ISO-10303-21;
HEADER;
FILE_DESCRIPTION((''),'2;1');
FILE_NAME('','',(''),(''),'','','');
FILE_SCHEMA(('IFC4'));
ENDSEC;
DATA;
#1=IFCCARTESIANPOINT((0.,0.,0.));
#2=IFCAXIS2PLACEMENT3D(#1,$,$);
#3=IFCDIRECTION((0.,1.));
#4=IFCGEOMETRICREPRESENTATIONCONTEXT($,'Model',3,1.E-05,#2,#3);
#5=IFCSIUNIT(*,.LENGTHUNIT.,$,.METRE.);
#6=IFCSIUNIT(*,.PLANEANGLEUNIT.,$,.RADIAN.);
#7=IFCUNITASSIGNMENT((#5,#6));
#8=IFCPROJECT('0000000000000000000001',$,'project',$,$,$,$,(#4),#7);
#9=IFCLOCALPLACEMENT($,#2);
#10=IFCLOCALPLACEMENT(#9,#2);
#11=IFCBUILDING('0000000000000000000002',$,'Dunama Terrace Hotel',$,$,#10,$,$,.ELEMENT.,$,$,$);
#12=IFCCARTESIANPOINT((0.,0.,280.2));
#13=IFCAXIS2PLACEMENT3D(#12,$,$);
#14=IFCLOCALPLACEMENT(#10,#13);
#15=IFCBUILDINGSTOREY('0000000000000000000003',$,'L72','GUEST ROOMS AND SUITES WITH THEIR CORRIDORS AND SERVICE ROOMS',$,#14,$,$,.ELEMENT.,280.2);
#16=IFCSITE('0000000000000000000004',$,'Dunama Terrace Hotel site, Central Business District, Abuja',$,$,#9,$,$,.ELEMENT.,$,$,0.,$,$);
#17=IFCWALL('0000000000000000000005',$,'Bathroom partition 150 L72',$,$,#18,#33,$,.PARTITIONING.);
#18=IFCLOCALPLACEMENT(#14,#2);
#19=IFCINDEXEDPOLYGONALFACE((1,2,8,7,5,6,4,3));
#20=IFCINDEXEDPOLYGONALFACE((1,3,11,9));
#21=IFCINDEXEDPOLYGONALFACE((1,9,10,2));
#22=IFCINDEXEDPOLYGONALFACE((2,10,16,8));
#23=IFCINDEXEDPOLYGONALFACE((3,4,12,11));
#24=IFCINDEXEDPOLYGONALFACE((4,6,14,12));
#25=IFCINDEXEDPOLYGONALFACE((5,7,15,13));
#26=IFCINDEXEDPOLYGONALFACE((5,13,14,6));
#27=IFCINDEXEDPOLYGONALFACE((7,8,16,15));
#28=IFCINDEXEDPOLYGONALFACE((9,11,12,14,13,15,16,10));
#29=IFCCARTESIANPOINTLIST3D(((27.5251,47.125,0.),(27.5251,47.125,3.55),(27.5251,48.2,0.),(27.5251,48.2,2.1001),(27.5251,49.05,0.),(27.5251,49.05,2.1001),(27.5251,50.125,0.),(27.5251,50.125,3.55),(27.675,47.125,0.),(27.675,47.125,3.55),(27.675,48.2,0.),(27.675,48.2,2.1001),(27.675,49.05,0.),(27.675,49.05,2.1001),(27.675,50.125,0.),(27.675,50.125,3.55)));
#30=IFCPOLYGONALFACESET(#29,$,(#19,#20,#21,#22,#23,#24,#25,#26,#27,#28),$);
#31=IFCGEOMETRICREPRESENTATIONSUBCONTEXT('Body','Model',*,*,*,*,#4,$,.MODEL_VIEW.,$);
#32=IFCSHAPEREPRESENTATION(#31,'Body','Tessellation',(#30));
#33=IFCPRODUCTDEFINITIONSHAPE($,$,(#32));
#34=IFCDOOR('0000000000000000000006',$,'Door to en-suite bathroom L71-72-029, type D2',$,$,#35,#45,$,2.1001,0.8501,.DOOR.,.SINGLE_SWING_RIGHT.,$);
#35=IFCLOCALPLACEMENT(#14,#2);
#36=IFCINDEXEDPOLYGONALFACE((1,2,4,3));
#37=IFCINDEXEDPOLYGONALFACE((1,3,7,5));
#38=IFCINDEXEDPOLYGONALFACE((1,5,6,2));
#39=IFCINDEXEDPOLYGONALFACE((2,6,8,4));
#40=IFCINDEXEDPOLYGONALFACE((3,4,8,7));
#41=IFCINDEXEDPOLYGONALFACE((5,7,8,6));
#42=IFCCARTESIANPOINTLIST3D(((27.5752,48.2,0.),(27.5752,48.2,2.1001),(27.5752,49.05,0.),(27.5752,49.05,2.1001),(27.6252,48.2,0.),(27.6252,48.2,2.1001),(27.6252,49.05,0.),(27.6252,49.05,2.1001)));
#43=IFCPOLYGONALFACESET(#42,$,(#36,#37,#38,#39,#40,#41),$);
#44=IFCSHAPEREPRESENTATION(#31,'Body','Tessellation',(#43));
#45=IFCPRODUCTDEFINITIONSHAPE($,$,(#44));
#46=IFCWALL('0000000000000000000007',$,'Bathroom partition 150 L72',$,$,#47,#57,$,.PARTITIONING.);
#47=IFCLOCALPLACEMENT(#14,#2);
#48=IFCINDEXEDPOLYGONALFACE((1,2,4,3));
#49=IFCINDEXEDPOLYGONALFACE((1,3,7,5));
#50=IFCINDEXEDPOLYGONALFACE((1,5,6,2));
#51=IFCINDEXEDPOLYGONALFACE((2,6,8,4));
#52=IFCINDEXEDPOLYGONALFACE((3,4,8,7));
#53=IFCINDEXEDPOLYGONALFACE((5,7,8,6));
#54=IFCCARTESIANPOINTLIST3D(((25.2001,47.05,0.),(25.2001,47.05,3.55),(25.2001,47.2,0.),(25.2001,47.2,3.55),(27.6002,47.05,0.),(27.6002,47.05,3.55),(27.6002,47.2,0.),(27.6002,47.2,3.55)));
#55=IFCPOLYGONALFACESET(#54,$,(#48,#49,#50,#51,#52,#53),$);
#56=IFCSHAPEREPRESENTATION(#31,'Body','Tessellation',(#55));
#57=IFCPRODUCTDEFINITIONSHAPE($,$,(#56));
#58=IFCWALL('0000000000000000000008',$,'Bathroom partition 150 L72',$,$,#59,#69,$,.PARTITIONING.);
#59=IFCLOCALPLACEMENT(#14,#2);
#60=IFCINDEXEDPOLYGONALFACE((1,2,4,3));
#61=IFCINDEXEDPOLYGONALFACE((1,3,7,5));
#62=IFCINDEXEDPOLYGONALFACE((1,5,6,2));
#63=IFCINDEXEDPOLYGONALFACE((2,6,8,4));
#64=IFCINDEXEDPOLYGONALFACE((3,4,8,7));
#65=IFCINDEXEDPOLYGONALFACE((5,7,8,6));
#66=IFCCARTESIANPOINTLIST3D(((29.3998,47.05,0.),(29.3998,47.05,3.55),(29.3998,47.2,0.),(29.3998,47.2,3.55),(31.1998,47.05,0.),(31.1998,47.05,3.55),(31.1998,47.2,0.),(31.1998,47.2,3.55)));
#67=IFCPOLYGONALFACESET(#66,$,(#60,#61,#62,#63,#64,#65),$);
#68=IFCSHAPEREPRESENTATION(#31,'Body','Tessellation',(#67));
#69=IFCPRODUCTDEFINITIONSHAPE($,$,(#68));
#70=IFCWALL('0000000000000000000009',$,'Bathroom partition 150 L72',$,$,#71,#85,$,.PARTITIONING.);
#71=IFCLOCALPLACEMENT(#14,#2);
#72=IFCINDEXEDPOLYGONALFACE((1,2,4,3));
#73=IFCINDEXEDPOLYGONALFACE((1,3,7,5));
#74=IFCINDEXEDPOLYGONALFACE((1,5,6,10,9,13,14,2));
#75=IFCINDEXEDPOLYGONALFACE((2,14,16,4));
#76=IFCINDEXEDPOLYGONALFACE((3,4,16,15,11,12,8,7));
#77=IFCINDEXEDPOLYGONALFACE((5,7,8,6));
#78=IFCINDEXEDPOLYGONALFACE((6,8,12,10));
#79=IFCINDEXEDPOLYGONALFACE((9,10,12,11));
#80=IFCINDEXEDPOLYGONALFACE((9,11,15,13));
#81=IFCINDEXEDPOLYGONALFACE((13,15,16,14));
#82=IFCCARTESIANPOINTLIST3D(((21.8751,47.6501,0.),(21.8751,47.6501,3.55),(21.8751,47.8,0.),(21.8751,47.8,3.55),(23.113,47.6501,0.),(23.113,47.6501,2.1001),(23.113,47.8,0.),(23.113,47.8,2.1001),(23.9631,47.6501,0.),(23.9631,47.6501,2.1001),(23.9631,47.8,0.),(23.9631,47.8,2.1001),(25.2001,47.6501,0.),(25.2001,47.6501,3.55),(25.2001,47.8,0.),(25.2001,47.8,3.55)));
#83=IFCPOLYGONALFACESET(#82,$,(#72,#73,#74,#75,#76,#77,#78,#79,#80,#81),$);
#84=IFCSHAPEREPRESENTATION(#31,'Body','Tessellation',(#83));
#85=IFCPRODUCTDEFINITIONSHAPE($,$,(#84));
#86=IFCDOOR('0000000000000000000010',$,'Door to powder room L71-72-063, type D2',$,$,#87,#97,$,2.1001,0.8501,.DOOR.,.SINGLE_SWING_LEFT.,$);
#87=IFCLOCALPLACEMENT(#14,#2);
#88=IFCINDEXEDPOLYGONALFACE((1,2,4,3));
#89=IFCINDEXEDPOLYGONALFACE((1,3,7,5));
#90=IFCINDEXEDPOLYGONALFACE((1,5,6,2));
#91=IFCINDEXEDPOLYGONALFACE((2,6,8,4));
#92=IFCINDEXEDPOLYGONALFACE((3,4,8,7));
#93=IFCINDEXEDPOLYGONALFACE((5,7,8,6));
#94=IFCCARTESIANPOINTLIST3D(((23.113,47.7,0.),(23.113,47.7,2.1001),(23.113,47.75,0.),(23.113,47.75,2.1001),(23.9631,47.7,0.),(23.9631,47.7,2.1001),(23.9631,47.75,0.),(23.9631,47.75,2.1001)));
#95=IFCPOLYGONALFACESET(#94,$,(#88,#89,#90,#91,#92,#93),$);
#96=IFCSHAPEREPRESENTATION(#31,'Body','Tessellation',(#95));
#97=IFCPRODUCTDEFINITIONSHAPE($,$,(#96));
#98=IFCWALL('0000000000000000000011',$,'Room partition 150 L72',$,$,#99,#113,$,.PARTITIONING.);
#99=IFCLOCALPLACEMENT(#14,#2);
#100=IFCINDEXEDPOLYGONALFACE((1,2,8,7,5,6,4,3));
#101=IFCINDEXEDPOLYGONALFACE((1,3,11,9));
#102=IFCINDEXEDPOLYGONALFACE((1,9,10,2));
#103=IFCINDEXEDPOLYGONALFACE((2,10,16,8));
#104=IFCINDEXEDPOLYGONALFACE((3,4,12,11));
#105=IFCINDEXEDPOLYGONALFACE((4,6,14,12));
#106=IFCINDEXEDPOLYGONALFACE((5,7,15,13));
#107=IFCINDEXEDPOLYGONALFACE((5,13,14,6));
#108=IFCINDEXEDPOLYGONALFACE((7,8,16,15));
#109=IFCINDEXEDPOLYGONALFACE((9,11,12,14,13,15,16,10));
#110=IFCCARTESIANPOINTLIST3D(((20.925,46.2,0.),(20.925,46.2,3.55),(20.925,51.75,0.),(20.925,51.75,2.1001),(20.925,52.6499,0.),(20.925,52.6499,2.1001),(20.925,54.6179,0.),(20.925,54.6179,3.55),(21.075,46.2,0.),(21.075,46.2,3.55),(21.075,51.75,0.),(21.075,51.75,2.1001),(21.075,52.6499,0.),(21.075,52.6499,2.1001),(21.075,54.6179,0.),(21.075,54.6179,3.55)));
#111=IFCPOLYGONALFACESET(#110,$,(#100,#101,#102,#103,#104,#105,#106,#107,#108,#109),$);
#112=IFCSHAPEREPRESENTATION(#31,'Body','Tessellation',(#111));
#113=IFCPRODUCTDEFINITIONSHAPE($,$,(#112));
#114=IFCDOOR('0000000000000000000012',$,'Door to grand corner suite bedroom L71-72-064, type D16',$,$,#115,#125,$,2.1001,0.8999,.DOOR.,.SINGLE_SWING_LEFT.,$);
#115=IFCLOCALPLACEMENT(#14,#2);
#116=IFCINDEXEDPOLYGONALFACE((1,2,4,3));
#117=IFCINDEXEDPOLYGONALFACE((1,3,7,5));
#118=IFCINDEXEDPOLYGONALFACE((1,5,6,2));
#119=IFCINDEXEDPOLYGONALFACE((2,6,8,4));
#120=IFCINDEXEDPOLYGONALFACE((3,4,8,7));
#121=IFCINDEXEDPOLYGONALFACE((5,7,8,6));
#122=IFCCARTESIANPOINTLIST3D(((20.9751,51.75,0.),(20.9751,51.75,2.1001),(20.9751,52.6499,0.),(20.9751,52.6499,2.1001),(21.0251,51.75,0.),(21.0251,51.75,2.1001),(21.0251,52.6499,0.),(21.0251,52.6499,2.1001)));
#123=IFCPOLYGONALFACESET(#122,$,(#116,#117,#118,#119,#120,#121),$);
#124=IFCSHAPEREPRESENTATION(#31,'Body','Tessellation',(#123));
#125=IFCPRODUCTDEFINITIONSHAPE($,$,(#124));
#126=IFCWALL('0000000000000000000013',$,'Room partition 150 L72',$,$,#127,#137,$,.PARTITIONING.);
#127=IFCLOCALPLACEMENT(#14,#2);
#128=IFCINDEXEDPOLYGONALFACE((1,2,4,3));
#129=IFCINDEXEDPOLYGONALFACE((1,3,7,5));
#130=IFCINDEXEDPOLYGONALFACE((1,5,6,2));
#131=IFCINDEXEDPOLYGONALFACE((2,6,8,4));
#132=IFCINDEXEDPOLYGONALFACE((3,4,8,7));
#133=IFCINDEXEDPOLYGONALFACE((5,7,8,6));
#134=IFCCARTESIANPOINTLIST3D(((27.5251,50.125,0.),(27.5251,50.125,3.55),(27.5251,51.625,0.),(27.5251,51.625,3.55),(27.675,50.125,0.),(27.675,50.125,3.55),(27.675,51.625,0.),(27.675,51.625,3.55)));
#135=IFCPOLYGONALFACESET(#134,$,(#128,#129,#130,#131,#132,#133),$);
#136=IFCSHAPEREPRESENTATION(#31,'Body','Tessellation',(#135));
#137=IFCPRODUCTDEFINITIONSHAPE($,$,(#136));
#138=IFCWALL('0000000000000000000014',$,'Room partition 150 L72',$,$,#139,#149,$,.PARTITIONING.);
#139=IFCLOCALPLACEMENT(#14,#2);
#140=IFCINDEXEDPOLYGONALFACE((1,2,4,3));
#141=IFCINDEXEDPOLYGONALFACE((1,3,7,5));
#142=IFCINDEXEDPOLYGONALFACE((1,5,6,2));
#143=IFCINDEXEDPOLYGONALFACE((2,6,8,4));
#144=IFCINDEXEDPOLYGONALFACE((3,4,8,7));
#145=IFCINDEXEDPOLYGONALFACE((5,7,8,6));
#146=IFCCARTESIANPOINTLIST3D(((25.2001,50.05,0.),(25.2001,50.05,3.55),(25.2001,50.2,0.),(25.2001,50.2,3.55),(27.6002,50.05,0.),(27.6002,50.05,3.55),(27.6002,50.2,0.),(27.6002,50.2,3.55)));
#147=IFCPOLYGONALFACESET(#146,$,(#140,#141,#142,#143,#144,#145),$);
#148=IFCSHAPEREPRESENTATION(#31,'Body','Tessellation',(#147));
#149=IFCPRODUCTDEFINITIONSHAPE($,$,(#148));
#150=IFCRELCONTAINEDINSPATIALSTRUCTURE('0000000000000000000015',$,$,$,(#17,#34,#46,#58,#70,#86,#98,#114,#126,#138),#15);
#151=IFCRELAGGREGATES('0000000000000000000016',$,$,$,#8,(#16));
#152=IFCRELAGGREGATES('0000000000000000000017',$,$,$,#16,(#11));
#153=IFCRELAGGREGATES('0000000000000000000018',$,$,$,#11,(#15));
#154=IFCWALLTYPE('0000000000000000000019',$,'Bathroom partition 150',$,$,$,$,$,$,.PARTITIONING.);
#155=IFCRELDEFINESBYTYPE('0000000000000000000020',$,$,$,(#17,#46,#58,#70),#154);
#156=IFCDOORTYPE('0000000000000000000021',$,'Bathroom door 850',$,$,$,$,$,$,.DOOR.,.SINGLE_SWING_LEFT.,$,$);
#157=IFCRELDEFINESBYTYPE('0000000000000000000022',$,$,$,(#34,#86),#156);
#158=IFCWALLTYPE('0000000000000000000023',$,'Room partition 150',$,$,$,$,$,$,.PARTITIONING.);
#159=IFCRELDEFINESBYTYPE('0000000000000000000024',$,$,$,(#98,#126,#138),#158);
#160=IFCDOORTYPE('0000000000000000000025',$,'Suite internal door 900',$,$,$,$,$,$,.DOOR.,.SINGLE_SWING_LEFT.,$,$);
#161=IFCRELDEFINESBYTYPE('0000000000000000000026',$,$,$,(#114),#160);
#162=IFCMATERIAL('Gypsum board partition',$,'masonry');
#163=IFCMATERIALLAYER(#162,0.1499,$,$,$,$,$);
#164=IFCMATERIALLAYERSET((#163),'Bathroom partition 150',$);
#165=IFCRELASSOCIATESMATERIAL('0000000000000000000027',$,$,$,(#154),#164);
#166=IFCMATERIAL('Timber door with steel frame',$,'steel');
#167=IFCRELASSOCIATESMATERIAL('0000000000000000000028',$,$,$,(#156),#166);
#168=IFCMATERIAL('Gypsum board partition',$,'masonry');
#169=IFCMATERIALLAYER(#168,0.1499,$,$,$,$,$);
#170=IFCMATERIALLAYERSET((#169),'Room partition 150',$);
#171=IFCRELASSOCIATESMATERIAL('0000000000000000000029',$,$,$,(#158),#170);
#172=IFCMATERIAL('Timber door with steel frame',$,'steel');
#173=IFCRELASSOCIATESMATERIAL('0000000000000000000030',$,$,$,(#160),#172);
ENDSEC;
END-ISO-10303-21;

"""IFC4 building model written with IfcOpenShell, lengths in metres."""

from ifc_helpers import new_model, si_unit, direction, frame, frame_2d, origin, place, context, subcontext, project, spatial, rectangle, extrude, material, layer, layer_set, type_object, element, fill, save


model = new_model("IFC4")

# Units and contexts
model_context = context("Model", 3, precision=1e-05, world=origin(), true_north=direction((0.0, 1.0)))
body_context = subcontext(model_context, "Body", "Model", "MODEL_VIEW")
ifc_project = project(units=[si_unit("LENGTHUNIT", "METRE"), si_unit("PLANEANGLEUNIT", "RADIAN")], contexts=[model_context])

# Site, building, storey
site_placement = place(None, origin())
site = spatial("IfcSite", under=ifc_project, at=site_placement, Name="Dunama Terrace Hotel site, Central Business District, Abuja", CompositionType="ELEMENT", RefElevation=0.0)
building_placement = place(site_placement, origin())
building = spatial("IfcBuilding", under=site, at=building_placement, Name="Dunama Terrace Hotel", CompositionType="ELEMENT")
storey_placement = place(building_placement, frame((0.0, 0.0, 280.2)))
storey = spatial("IfcBuildingStorey", under=building, at=storey_placement, Name="L72", Description="GUEST ROOMS AND SUITES WITH THEIR CORRIDORS AND SERVICE ROOMS", CompositionType="ELEMENT", Elevation=280.2)

# Wall, opening, door
ifc_material_1 = material(Name="Gypsum board partition", Category="masonry")
ifc_layer_1 = layer(ifc_material_1, 0.1499)
ifc_layer_set_1 = layer_set([ifc_layer_1], Name="Bathroom partition 150")
wall_type_1 = type_object("IfcWallType", Name="Bathroom partition 150", PredefinedType="PARTITIONING", material=ifc_layer_set_1)
wall_1_placement = place(storey_placement, frame((27.6001, 47.125, 0.0), z_axis=(0.0, 0.0, 1.0), x_axis=(0.0, 1.0, 0.0)))
wall_1 = element("IfcWall", 1, at=wall_1_placement, inside=storey, type_object=wall_type_1, Name="Bathroom partition 150 L72", PredefinedType="PARTITIONING", context=body_context, shape_type="SweptSolid", body=[
    extrude(rectangle(XDim=3.0, YDim=0.1499, at=frame_2d((1.5, 0.0))), origin(), (0.0, 0.0, 1.0), 3.55),
])
opening_1_placement = place(wall_1_placement, frame((1.075, 0.0, 0.0)))
opening_1 = element("IfcOpeningElement", 2, at=opening_1_placement, cuts=wall_1, PredefinedType="OPENING", context=body_context, shape_type="SweptSolid", body=[
    extrude(rectangle(XDim=0.8501, YDim=2.1001, at=frame_2d((0.425, 1.05))), frame((0.0, 0.085, 0.0), z_axis=(0.0, -1.0, 0.0), x_axis=(1.0, 0.0, 0.0)), (0.0, 0.0, 1.0), 0.1699),
])
ifc_material_2 = material(Name="Timber door with steel frame", Category="steel")
door_type_1 = type_object("IfcDoorType", Name="Bathroom door 850", OperationType="SINGLE_SWING_LEFT", PredefinedType="DOOR", material=ifc_material_2)
door_1_placement = place(opening_1_placement, origin())
door_1 = element("IfcDoor", 3, at=door_1_placement, inside=storey, type_object=door_type_1, Name="Door to en-suite bathroom L71-72-029, type D2", OperationType="SINGLE_SWING_RIGHT", OverallHeight=2.1001, OverallWidth=0.8501, PredefinedType="DOOR", context=body_context, shape_type="SweptSolid", body=[
    extrude(rectangle(XDim=0.8501, YDim=2.1001, at=frame_2d((0.425, 1.05))), frame((0.0, 0.0249, 0.0), z_axis=(0.0, -1.0, 0.0), x_axis=(1.0, 0.0, 0.0)), (0.0, 0.0, 1.0), 0.05),
])
fill(opening_1, door_1)

# Walls
wall_2_placement = place(storey_placement, frame((25.2, 47.125, 0.0), z_axis=(0.0, 0.0, 1.0), x_axis=(1.0, 0.0, 0.0)))
element("IfcWall", 4, at=wall_2_placement, inside=storey, type_object=wall_type_1, Name="Bathroom partition 150 L72", PredefinedType="PARTITIONING", context=body_context, shape_type="SweptSolid", body=[
    extrude(rectangle(XDim=2.4001, YDim=0.1499, at=frame_2d((1.2002, 0.0))), origin(), (0.0, 0.0, 1.0), 3.55),
])
wall_3_placement = place(storey_placement, frame((29.3999, 47.125, 0.0), z_axis=(0.0, 0.0, 1.0), x_axis=(1.0, 0.0, 0.0)))
element("IfcWall", 5, at=wall_3_placement, inside=storey, type_object=wall_type_1, Name="Bathroom partition 150 L72", PredefinedType="PARTITIONING", context=body_context, shape_type="SweptSolid", body=[
    extrude(rectangle(XDim=1.8, YDim=0.1499, at=frame_2d((0.8999, 0.0))), origin(), (0.0, 0.0, 1.0), 3.55),
])

# Walls, openings, doors
wall_4_placement = place(storey_placement, frame((21.875, 47.7251, 0.0), z_axis=(0.0, 0.0, 1.0), x_axis=(1.0, 0.0, 0.0)))
wall_4 = element("IfcWall", 6, at=wall_4_placement, inside=storey, type_object=wall_type_1, Name="Bathroom partition 150 L72", PredefinedType="PARTITIONING", context=body_context, shape_type="SweptSolid", body=[
    extrude(rectangle(XDim=3.325, YDim=0.1499, at=frame_2d((1.6626, 0.0))), origin(), (0.0, 0.0, 1.0), 3.55),
])
opening_2_placement = place(wall_4_placement, frame((1.238, 0.0, 0.0)))
opening_2 = element("IfcOpeningElement", 7, at=opening_2_placement, cuts=wall_4, PredefinedType="OPENING", context=body_context, shape_type="SweptSolid", body=[
    extrude(rectangle(XDim=0.8501, YDim=2.1001, at=frame_2d((0.425, 1.05))), frame((0.0, 0.085, 0.0), z_axis=(0.0, -1.0, 0.0), x_axis=(1.0, 0.0, 0.0)), (0.0, 0.0, 1.0), 0.1699),
])
door_2_placement = place(opening_2_placement, frame((0.8501, 0.0, 0.0), z_axis=(0.0, 0.0, 1.0), x_axis=(-1.0, 0.0, 0.0)))
door_2 = element("IfcDoor", 8, at=door_2_placement, inside=storey, type_object=door_type_1, Name="Door to powder room L71-72-063, type D2", OperationType="SINGLE_SWING_LEFT", OverallHeight=2.1001, OverallWidth=0.8501, PredefinedType="DOOR", context=body_context, shape_type="SweptSolid", body=[
    extrude(rectangle(XDim=0.8501, YDim=2.1001, at=frame_2d((0.425, 1.05))), frame((0.0, 0.0251, 0.0), z_axis=(0.0, -1.0, 0.0), x_axis=(1.0, 0.0, 0.0)), (0.0, 0.0, 1.0), 0.05),
])
fill(opening_2, door_2)
ifc_material_3 = material(Name="Gypsum board partition", Category="masonry")
ifc_layer_2 = layer(ifc_material_3, 0.1499)
ifc_layer_set_2 = layer_set([ifc_layer_2], Name="Room partition 150")
wall_type_2 = type_object("IfcWallType", Name="Room partition 150", PredefinedType="PARTITIONING", material=ifc_layer_set_2)
wall_5_placement = place(storey_placement, frame((21.0, 46.2, 0.0), z_axis=(0.0, 0.0, 1.0), x_axis=(0.0, 1.0, 0.0)))
wall_5 = element("IfcWall", 9, at=wall_5_placement, inside=storey, type_object=wall_type_2, Name="Room partition 150 L72", PredefinedType="PARTITIONING", context=body_context, shape_type="SweptSolid", body=[
    extrude(rectangle(XDim=8.418, YDim=0.1499, at=frame_2d((4.209, 0.0))), origin(), (0.0, 0.0, 1.0), 3.55),
])
opening_3_placement = place(wall_5_placement, frame((5.55, 0.0, 0.0)))
opening_3 = element("IfcOpeningElement", 10, at=opening_3_placement, cuts=wall_5, PredefinedType="OPENING", context=body_context, shape_type="SweptSolid", body=[
    extrude(rectangle(XDim=0.8999, YDim=2.1001, at=frame_2d((0.45, 1.05))), frame((0.0, 0.085, 0.0), z_axis=(0.0, -1.0, 0.0), x_axis=(1.0, 0.0, 0.0)), (0.0, 0.0, 1.0), 0.1699),
])
ifc_material_4 = material(Name="Timber door with steel frame", Category="steel")
door_type_2 = type_object("IfcDoorType", Name="Suite internal door 900", OperationType="SINGLE_SWING_LEFT", PredefinedType="DOOR", material=ifc_material_4)
door_3_placement = place(opening_3_placement, origin())
door_3 = element("IfcDoor", 11, at=door_3_placement, inside=storey, type_object=door_type_2, Name="Door to grand corner suite bedroom L71-72-064, type D16", OperationType="SINGLE_SWING_LEFT", OverallHeight=2.1001, OverallWidth=0.8999, PredefinedType="DOOR", context=body_context, shape_type="SweptSolid", body=[
    extrude(rectangle(XDim=0.8999, YDim=2.1001, at=frame_2d((0.45, 1.05))), frame((0.0, 0.0249, 0.0), z_axis=(0.0, -1.0, 0.0), x_axis=(1.0, 0.0, 0.0)), (0.0, 0.0, 1.0), 0.05),
])
fill(opening_3, door_3)

# Walls
wall_6_placement = place(storey_placement, frame((27.6001, 50.125, 0.0), z_axis=(0.0, 0.0, 1.0), x_axis=(0.0, 1.0, 0.0)))
element("IfcWall", 12, at=wall_6_placement, inside=storey, type_object=wall_type_2, Name="Room partition 150 L72", PredefinedType="PARTITIONING", context=body_context, shape_type="SweptSolid", body=[
    extrude(rectangle(XDim=1.5, YDim=0.1499, at=frame_2d((0.75, 0.0))), origin(), (0.0, 0.0, 1.0), 3.55),
])
wall_7_placement = place(storey_placement, frame((25.2, 50.125, 0.0), z_axis=(0.0, 0.0, 1.0), x_axis=(1.0, 0.0, 0.0)))
element("IfcWall", 13, at=wall_7_placement, inside=storey, type_object=wall_type_2, Name="Room partition 150 L72", PredefinedType="PARTITIONING", context=body_context, shape_type="SweptSolid", body=[
    extrude(rectangle(XDim=2.4001, YDim=0.1499, at=frame_2d((1.2002, 0.0))), origin(), (0.0, 0.0, 1.0), 3.55),
])

save(model, "model.ifc")
